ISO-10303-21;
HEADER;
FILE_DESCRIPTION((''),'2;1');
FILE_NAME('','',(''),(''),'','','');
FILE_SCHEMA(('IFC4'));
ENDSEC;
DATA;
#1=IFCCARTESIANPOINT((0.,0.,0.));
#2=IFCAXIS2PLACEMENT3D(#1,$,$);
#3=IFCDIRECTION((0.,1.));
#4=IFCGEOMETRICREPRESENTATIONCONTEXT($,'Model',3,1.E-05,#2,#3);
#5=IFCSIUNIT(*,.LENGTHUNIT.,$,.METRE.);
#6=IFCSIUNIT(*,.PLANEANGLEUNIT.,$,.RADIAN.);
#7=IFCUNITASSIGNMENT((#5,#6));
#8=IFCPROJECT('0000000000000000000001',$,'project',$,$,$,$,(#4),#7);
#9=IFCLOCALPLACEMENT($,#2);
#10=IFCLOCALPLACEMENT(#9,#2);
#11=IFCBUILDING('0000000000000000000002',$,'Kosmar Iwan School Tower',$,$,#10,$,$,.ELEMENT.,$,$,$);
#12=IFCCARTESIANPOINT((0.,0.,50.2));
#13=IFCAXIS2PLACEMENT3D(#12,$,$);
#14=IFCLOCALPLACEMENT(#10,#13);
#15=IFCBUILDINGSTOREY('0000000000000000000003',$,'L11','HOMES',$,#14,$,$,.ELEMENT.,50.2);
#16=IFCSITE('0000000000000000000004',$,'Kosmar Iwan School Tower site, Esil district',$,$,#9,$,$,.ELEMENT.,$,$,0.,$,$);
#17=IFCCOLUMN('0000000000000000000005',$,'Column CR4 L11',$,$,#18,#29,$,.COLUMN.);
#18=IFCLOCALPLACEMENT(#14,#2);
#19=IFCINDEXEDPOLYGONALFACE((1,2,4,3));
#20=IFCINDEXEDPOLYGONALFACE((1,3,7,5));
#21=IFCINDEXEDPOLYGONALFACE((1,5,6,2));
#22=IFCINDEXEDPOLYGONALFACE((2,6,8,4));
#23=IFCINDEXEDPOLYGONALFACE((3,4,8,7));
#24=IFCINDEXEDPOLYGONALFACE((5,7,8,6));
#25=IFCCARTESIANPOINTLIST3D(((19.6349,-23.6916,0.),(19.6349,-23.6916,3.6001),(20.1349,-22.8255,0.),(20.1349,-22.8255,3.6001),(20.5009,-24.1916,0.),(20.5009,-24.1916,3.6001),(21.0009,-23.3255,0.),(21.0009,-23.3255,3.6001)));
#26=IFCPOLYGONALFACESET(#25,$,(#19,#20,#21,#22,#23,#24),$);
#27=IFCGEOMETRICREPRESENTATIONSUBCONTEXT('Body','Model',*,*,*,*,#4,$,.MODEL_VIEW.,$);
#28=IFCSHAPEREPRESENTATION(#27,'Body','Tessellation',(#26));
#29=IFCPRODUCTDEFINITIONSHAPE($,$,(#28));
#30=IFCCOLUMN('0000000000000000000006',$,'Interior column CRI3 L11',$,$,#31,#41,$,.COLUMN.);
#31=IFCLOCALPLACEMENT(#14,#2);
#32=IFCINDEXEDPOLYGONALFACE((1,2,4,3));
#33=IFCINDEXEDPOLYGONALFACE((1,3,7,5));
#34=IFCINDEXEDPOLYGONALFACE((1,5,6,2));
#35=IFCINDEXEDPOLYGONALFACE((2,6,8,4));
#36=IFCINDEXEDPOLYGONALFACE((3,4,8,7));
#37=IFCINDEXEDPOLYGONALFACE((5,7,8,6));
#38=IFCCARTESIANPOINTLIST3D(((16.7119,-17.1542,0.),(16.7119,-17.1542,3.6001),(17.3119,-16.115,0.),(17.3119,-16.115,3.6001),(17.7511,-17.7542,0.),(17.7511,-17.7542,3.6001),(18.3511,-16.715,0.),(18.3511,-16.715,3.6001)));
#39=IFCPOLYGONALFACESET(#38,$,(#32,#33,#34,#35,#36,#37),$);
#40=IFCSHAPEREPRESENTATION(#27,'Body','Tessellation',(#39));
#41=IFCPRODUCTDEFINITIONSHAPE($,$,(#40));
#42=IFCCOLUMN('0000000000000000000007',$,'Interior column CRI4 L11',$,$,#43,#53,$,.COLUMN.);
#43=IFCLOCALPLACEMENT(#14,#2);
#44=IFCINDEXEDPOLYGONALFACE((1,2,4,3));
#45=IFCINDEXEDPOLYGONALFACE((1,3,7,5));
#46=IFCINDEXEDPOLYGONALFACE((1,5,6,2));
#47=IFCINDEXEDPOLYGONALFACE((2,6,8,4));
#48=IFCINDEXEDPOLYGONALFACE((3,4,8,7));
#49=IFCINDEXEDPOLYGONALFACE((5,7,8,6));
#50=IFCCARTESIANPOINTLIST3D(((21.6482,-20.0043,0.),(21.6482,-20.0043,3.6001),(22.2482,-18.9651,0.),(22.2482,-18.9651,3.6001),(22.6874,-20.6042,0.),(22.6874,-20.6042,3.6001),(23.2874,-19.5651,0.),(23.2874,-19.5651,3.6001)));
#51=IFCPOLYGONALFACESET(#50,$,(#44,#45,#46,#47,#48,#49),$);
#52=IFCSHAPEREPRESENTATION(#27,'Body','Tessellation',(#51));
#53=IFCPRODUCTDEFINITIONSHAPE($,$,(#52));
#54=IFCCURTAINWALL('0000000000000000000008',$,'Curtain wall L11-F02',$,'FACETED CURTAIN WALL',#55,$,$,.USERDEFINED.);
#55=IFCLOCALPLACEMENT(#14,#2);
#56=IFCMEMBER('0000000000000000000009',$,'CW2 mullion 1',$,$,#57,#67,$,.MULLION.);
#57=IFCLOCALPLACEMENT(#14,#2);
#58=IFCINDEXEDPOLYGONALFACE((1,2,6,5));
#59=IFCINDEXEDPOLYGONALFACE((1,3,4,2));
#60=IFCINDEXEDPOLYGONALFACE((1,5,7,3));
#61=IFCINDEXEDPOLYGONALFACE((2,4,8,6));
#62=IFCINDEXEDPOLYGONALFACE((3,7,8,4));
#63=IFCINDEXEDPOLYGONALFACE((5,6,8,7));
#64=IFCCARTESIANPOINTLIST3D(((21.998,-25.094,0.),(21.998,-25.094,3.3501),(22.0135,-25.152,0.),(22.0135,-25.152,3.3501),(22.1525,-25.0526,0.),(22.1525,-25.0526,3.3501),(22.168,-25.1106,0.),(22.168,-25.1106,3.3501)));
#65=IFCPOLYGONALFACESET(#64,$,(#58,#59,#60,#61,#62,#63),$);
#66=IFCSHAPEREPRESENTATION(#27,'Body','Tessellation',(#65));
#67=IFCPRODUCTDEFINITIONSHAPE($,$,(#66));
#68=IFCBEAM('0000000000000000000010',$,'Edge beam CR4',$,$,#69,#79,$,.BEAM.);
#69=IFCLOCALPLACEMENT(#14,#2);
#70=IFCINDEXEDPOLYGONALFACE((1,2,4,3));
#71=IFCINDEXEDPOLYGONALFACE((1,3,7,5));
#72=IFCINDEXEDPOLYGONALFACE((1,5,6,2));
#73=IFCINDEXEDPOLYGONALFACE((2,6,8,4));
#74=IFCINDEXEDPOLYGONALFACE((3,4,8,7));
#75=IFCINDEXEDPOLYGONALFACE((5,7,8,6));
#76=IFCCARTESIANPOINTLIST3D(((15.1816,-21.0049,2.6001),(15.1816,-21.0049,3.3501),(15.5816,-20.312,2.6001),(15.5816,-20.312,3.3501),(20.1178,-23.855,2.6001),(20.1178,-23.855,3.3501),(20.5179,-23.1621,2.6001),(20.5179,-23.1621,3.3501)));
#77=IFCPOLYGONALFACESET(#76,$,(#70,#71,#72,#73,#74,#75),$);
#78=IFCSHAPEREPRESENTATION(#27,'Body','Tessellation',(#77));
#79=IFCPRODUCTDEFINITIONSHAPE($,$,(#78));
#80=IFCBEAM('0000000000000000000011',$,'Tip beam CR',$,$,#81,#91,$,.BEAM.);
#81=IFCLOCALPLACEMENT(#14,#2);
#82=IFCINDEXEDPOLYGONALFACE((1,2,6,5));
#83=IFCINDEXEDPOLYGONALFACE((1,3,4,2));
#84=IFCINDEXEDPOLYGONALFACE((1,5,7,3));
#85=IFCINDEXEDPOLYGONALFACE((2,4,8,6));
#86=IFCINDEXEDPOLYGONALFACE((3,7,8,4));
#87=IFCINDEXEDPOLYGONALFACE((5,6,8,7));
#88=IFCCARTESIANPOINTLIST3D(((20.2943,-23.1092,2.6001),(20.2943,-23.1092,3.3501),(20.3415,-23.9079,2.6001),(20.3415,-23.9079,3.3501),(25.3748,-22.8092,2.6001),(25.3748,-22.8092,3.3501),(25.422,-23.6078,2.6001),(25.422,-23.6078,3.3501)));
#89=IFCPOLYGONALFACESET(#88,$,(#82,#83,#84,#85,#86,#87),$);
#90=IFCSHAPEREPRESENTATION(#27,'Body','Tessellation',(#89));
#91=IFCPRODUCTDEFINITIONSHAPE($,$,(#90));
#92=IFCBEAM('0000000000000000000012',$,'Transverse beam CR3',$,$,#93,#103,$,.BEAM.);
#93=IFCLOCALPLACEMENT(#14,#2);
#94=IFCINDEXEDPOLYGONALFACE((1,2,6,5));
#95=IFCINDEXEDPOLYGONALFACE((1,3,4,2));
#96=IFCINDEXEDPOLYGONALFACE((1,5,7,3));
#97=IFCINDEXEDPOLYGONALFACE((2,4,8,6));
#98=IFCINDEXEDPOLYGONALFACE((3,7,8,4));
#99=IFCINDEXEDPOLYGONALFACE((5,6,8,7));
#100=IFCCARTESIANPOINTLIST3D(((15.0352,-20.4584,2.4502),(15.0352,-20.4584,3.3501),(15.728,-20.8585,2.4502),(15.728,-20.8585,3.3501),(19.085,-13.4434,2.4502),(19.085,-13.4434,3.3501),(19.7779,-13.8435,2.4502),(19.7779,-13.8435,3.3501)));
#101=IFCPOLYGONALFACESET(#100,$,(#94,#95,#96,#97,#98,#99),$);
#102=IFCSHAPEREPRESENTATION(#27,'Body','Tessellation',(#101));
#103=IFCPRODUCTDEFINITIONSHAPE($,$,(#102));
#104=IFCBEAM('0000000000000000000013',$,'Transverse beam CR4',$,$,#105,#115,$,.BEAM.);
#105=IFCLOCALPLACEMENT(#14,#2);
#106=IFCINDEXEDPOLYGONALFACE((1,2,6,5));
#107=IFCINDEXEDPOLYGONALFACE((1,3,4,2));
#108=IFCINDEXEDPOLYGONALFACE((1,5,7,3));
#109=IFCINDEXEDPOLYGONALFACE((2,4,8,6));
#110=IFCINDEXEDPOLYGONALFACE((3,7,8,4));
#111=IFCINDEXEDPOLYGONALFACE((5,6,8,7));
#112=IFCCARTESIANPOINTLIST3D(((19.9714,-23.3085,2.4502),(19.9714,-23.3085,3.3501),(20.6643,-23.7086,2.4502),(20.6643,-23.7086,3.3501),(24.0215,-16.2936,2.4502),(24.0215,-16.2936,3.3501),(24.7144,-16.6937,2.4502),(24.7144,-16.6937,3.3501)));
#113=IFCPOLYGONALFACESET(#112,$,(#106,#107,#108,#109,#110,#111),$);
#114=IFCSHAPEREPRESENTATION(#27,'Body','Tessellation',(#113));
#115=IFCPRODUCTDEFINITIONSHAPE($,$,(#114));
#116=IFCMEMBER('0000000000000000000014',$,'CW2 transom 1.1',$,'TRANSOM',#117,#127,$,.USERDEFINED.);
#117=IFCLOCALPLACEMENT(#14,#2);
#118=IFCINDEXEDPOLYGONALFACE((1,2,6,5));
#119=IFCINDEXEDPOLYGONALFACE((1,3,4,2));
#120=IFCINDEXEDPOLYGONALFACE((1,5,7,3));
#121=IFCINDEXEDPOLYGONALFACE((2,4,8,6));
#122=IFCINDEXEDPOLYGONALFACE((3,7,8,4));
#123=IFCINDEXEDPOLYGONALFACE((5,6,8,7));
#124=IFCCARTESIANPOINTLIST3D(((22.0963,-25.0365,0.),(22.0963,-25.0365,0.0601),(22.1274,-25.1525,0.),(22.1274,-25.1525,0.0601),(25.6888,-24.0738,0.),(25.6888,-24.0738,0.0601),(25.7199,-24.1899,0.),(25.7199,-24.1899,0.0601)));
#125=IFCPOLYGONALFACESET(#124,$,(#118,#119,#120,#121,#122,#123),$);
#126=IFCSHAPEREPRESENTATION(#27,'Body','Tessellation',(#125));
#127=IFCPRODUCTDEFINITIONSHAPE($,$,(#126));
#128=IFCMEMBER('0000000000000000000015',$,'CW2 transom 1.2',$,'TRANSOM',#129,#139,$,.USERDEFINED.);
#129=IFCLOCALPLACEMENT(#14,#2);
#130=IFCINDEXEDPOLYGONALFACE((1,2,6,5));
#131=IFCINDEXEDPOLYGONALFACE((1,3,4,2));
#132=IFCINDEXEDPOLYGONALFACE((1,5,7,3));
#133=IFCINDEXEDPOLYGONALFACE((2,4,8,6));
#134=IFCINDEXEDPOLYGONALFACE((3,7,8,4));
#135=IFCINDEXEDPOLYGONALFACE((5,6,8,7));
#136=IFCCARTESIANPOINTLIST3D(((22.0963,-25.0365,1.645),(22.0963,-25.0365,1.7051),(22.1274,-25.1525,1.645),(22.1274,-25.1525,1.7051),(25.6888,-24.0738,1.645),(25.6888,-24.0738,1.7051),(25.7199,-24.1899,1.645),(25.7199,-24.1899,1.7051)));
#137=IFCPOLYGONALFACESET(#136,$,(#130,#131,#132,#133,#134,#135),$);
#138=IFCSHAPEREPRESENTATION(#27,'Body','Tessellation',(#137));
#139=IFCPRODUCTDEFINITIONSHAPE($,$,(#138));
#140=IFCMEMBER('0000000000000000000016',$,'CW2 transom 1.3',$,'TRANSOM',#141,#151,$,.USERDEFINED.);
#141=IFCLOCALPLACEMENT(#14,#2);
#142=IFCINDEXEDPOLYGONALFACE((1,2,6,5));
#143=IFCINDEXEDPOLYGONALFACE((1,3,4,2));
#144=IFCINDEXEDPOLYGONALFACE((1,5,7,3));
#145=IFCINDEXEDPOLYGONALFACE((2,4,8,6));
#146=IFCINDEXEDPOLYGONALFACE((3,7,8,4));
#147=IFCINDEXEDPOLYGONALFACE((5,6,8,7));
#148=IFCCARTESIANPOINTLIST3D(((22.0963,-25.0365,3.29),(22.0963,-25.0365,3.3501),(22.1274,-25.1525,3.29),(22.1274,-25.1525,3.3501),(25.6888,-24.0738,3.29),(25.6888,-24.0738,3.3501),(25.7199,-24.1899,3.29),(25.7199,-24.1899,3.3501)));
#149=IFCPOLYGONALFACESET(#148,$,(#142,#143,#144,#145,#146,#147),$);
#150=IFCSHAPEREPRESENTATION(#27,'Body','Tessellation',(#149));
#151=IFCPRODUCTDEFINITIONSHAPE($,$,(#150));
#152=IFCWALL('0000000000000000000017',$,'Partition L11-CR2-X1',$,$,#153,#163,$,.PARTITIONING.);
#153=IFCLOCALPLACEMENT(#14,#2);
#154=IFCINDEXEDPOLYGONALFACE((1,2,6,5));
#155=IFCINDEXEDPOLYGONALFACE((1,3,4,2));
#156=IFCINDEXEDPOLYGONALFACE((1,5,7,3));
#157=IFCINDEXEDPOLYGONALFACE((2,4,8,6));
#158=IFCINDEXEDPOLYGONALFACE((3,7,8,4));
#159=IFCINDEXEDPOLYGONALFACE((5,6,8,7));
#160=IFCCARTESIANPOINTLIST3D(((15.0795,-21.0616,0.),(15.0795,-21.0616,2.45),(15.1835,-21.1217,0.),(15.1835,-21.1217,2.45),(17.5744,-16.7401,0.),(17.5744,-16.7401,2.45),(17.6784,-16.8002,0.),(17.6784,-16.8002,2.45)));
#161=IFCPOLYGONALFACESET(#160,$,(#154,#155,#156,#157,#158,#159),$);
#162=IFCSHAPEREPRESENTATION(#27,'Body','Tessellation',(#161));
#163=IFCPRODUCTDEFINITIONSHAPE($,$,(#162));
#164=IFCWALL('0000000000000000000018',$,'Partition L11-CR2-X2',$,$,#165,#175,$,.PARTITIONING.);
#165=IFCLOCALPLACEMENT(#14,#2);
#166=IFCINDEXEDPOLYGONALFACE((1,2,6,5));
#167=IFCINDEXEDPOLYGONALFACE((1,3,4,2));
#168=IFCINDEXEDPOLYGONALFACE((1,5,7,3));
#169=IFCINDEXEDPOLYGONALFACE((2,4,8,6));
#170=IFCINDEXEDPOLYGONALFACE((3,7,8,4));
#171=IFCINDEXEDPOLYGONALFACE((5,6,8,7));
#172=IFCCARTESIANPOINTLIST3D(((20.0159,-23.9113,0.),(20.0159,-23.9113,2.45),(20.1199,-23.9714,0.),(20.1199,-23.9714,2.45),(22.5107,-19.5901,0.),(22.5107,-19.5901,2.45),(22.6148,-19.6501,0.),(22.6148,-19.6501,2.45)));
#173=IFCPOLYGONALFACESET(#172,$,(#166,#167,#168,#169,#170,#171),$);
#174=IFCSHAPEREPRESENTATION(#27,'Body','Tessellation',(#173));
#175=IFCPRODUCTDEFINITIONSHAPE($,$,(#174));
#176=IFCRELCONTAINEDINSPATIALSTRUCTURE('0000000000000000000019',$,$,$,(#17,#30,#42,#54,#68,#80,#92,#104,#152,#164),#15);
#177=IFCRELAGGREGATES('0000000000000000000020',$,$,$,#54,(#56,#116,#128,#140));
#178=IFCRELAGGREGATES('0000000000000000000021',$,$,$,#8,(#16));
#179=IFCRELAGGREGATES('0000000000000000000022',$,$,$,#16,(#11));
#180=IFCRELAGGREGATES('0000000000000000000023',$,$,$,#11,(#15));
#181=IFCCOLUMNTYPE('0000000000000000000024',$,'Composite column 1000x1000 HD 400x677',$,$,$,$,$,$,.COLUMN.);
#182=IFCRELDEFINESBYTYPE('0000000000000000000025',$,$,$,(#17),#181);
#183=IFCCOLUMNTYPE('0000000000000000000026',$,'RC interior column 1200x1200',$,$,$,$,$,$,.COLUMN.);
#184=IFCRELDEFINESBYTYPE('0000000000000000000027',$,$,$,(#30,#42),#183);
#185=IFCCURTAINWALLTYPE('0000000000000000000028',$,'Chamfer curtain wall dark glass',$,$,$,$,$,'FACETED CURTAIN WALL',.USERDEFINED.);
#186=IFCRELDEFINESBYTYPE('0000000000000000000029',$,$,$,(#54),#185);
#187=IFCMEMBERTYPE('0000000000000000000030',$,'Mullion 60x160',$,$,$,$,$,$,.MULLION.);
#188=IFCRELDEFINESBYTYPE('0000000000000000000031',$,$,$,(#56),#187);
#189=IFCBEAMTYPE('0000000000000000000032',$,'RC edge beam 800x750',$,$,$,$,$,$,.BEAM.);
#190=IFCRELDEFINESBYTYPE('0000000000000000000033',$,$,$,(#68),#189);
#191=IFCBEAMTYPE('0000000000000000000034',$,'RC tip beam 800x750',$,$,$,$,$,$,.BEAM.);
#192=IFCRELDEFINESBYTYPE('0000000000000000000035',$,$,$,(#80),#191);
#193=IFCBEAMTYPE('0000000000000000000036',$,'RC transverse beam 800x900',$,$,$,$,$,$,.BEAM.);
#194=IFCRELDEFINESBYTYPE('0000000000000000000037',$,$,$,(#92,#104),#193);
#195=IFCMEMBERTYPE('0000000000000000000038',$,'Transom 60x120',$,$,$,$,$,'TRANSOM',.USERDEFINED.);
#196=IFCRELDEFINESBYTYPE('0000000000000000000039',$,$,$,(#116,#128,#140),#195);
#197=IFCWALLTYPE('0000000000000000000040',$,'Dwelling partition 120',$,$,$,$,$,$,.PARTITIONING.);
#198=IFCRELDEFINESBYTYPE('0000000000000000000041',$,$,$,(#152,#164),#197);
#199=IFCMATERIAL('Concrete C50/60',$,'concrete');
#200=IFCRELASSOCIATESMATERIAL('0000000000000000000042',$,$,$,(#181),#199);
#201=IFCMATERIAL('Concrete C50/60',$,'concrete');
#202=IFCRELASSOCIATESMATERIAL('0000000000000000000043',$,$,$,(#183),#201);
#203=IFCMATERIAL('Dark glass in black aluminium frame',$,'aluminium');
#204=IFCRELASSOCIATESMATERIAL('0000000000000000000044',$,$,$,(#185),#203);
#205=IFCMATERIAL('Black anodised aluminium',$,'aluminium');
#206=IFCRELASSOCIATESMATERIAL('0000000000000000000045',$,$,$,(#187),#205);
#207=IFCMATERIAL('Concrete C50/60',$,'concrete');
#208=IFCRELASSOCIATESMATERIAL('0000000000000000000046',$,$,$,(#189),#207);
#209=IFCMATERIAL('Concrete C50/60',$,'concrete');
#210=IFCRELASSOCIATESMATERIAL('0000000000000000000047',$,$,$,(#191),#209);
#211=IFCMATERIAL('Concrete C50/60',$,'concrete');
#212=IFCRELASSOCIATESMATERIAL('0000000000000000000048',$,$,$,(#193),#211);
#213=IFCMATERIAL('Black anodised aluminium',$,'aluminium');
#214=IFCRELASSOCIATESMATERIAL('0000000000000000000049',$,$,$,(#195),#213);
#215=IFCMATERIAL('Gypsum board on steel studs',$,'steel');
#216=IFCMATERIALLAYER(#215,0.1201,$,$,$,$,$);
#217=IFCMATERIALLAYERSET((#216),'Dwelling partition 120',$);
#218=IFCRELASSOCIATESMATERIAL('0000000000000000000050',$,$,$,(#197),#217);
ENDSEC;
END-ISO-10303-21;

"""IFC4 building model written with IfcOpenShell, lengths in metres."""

from ifc_helpers import new_model, si_unit, direction, frame, frame_2d, origin, origin_2d, place, context, subcontext, project, spatial, rectangle, extrude, material, layer, layer_set, material_profile, profile_set, type_object, element, aggregate, save


model = new_model("IFC4")

# Units and contexts
model_context = context("Model", 3, precision=1e-05, world=origin(), true_north=direction((0.0, 1.0)))
body_context = subcontext(model_context, "Body", "Model", "MODEL_VIEW")
ifc_project = project(units=[si_unit("LENGTHUNIT", "METRE"), si_unit("PLANEANGLEUNIT", "RADIAN")], contexts=[model_context])

# Site, building, storey
site_placement = place(None, origin())
site = spatial("IfcSite", under=ifc_project, at=site_placement, Name="Kosmar Iwan School Tower site, Esil district", CompositionType="ELEMENT", RefElevation=0.0)
building_placement = place(site_placement, origin())
building = spatial("IfcBuilding", under=site, at=building_placement, Name="Kosmar Iwan School Tower", CompositionType="ELEMENT")
storey_placement = place(building_placement, frame((0.0, 0.0, 50.2)))
storey = spatial("IfcBuildingStorey", under=building, at=storey_placement, Name="L11", Description="HOMES", CompositionType="ELEMENT", Elevation=50.2)

# Columns
ifc_material_1 = material(Name="Concrete C50/60", Category="concrete")
ifc_material_profile_1 = material_profile(ifc_material_1, rectangle(XDim=1.0, YDim=1.0, at=origin_2d()), Name="RC 1000x1000 + HD 400x677")
ifc_profile_set_1 = profile_set([ifc_material_profile_1], Name="Concrete C50/60")
column_type_1 = type_object("IfcColumnType", Name="Composite column 1000x1000 HD 400x677", PredefinedType="COLUMN", material=ifc_profile_set_1)
column_placement = place(storey_placement, frame((20.3179, -23.5085, 0.0), z_axis=(0.0, 0.0, 1.0), x_axis=(0.866025, -0.5, 0.0)))
element("IfcColumn", 1, at=column_placement, inside=storey, type_object=column_type_1, Name="Column CR4 L11", PredefinedType="COLUMN", context=body_context, shape_type="SweptSolid", body=[
    extrude(rectangle(XDim=1.0, YDim=1.0, at=origin_2d()), origin(), (0.0, 0.0, 1.0), 3.6001),
])
ifc_material_2 = material(Name="Concrete C50/60", Category="concrete")
ifc_material_profile_2 = material_profile(ifc_material_2, rectangle(XDim=1.2, YDim=1.2, at=origin_2d()), Name="RC 1200x1200")
ifc_profile_set_2 = profile_set([ifc_material_profile_2], Name="Concrete C50/60")
column_type_2 = type_object("IfcColumnType", Name="RC interior column 1200x1200", PredefinedType="COLUMN", material=ifc_profile_set_2)
for number, where, z_axis, x_axis, name in (
    (2, (17.5315, -16.9346, 0.0), (0.0, 0.0, 1.0), (0.866025, -0.5, 0.0), "Interior column CRI3 L11"),
    (3, (22.4678, -19.7847, 0.0), (0.0, 0.0, 1.0), (0.866025, -0.5, 0.0), "Interior column CRI4 L11"),
):
    element("IfcColumn", number, at=place(storey_placement, frame(where, z_axis=z_axis, x_axis=x_axis)), inside=storey, type_object=column_type_2, Name=name, PredefinedType="COLUMN", context=body_context, shape_type="SweptSolid", body=[
        extrude(rectangle(XDim=1.2, YDim=1.2, at=origin_2d()), origin(), (0.0, 0.0, 1.0), 3.6001),
    ])

# Curtain wall, member
ifc_material_3 = material(Name="Dark glass in black aluminium frame", Category="aluminium")
curtain_wall_type = type_object("IfcCurtainWallType", Name="Chamfer curtain wall dark glass", ElementType="FACETED CURTAIN WALL", PredefinedType="USERDEFINED", material=ifc_material_3)
curtain_wall_placement = place(storey_placement, origin())
curtain_wall = element("IfcCurtainWall", 4, at=curtain_wall_placement, inside=storey, type_object=curtain_wall_type, Name="Curtain wall L11-F02", ObjectType="FACETED CURTAIN WALL", PredefinedType="USERDEFINED")
ifc_material_4 = material(Name="Black anodised aluminium", Category="aluminium")
ifc_material_profile_3 = material_profile(ifc_material_4, rectangle(XDim=0.0601, YDim=0.1599, at=origin_2d()), Name="MULLION 60x160")
ifc_profile_set_3 = profile_set([ifc_material_profile_3], Name="Black anodised aluminium")
member_type_1 = type_object("IfcMemberType", Name="Mullion 60x160", PredefinedType="MULLION", material=ifc_profile_set_3)
member_1_placement = place(storey_placement, frame((22.083, -25.1023, 0.0), z_axis=(0.0, 0.0, 1.0), x_axis=(-0.258819, 0.965926, 0.0)))
member_1 = element("IfcMember", 5, at=member_1_placement, type_object=member_type_1, Name="CW2 mullion 1", PredefinedType="MULLION", context=body_context, shape_type="SweptSolid", body=[
    extrude(rectangle(XDim=0.0601, YDim=0.1599, at=origin_2d()), origin(), (0.0, 0.0, 1.0), 3.3501),
])

# Beams
ifc_material_5 = material(Name="Concrete C50/60", Category="concrete")
ifc_material_profile_4 = material_profile(ifc_material_5, rectangle(XDim=0.8, YDim=0.75, at=origin_2d()), Name="RC 800x750")
ifc_profile_set_4 = profile_set([ifc_material_profile_4], Name="Concrete C50/60")
beam_type_1 = type_object("IfcBeamType", Name="RC edge beam 800x750", PredefinedType="BEAM", material=ifc_profile_set_4)
beam_1_placement = place(storey_placement, frame((15.3816, -20.6584, 2.9751), z_axis=(0.866015, -0.500018, 0.0), x_axis=(0.500018, 0.866015, 0.0)))
element("IfcBeam", 6, at=beam_1_placement, inside=storey, type_object=beam_type_1, Name="Edge beam CR4", PredefinedType="BEAM", context=body_context, shape_type="SweptSolid", body=[
    extrude(rectangle(XDim=0.8, YDim=0.75, at=origin_2d()), origin(), (0.0, 0.0, 1.0), 5.7),
])
ifc_material_6 = material(Name="Concrete C50/60", Category="concrete")
ifc_material_profile_5 = material_profile(ifc_material_6, rectangle(XDim=0.8, YDim=0.75, at=origin_2d()), Name="RC 800x750")
ifc_profile_set_5 = profile_set([ifc_material_profile_5], Name="Concrete C50/60")
beam_type_2 = type_object("IfcBeamType", Name="RC tip beam 800x750", PredefinedType="BEAM", material=ifc_profile_set_5)
beam_2_placement = place(storey_placement, frame((20.3179, -23.5085, 2.9751), z_axis=(0.998261, 0.058955, 0.0), x_axis=(-0.058955, 0.998261, 0.0)))
element("IfcBeam", 7, at=beam_2_placement, inside=storey, type_object=beam_type_2, Name="Tip beam CR", PredefinedType="BEAM", context=body_context, shape_type="SweptSolid", body=[
    extrude(rectangle(XDim=0.8, YDim=0.75, at=origin_2d()), origin(), (0.0, 0.0, 1.0), 5.0894),
])
ifc_material_7 = material(Name="Concrete C50/60", Category="concrete")
ifc_material_profile_6 = material_profile(ifc_material_7, rectangle(XDim=0.8, YDim=0.8999, at=origin_2d()), Name="RC 800x900")
ifc_profile_set_6 = profile_set([ifc_material_profile_6], Name="Concrete C50/60")
beam_type_3 = type_object("IfcBeamType", Name="RC transverse beam 800x900", PredefinedType="BEAM", material=ifc_profile_set_6)
for number, where, z_axis, x_axis, name in (
    (8, (15.3816, -20.6584, 2.9001), (0.499977, 0.866039, 0.0), (-0.866039, 0.499977, 0.0), "Transverse beam CR3"),
    (9, (20.3179, -23.5085, 2.9001), (0.5, 0.866025, 0.0), (-0.866025, 0.5, 0.0), "Transverse beam CR4"),
):
    element("IfcBeam", number, at=place(storey_placement, frame(where, z_axis=z_axis, x_axis=x_axis)), inside=storey, type_object=beam_type_3, Name=name, PredefinedType="BEAM", context=body_context, shape_type="SweptSolid", body=[
        extrude(rectangle(XDim=0.8, YDim=0.8999, at=origin_2d()), origin(), (0.0, 0.0, 1.0), 8.1001),
    ])

# Members
ifc_material_8 = material(Name="Black anodised aluminium", Category="aluminium")
ifc_material_profile_7 = material_profile(ifc_material_8, rectangle(XDim=0.1201, YDim=0.0601, at=origin_2d()), Name="TRANSOM 60x120")
ifc_profile_set_7 = profile_set([ifc_material_profile_7], Name="Black anodised aluminium")
member_type_2 = type_object("IfcMemberType", Name="Transom 60x120", ElementType="TRANSOM", PredefinedType="USERDEFINED", material=ifc_profile_set_7)
member_2_placement = place(storey_placement, frame((22.1118, -25.0945, 0.03), z_axis=(0.965924, 0.258827, 0.0), x_axis=(-0.258827, 0.965924, 0.0)))
member_2 = element("IfcMember", 10, at=member_2_placement, type_object=member_type_2, Name="CW2 transom 1.1", ObjectType="TRANSOM", PredefinedType="USERDEFINED", context=body_context, shape_type="SweptSolid", body=[
    extrude(rectangle(XDim=0.1201, YDim=0.0601, at=origin_2d()), origin(), (0.0, 0.0, 1.0), 3.7192),
])
member_3_placement = place(storey_placement, frame((22.1118, -25.0945, 1.675), z_axis=(0.965924, 0.258827, 0.0), x_axis=(-0.258827, 0.965924, 0.0)))
member_3 = element("IfcMember", 11, at=member_3_placement, type_object=member_type_2, Name="CW2 transom 1.2", ObjectType="TRANSOM", PredefinedType="USERDEFINED", context=body_context, shape_type="SweptSolid", body=[
    extrude(rectangle(XDim=0.1201, YDim=0.0601, at=origin_2d()), origin(), (0.0, 0.0, 1.0), 3.7192),
])
member_4_placement = place(storey_placement, frame((22.1118, -25.0945, 3.3201), z_axis=(0.965924, 0.258827, 0.0), x_axis=(-0.258827, 0.965924, 0.0)))
member_4 = element("IfcMember", 12, at=member_4_placement, type_object=member_type_2, Name="CW2 transom 1.3", ObjectType="TRANSOM", PredefinedType="USERDEFINED", context=body_context, shape_type="SweptSolid", body=[
    extrude(rectangle(XDim=0.1201, YDim=0.0601, at=origin_2d()), origin(), (0.0, 0.0, 1.0), 3.7192),
])
aggregate(curtain_wall, [member_1, member_2, member_3, member_4])

# Walls
ifc_material_9 = material(Name="Gypsum board on steel studs", Category="steel")
ifc_layer = layer(ifc_material_9, 0.1201)
ifc_layer_set = layer_set([ifc_layer], Name="Dwelling partition 120")
wall_type = type_object("IfcWallType", Name="Dwelling partition 120", PredefinedType="PARTITIONING", material=ifc_layer_set)
wall_1_placement = place(storey_placement, frame((17.6265, -16.77, 0.0), z_axis=(0.0, 0.0, 1.0), x_axis=(-0.499975, -0.86604, 0.0)))
element("IfcWall", 13, at=wall_1_placement, inside=storey, type_object=wall_type, Name="Partition L11-CR2-X1", PredefinedType="PARTITIONING", context=body_context, shape_type="SweptSolid", body=[
    extrude(rectangle(XDim=4.99, YDim=0.1201, at=frame_2d((2.4951, 0.0))), origin(), (0.0, 0.0, 1.0), 2.45),
])
wall_2_placement = place(storey_placement, frame((22.5627, -19.6201, 0.0), z_axis=(0.0, 0.0, 1.0), x_axis=(-0.499996, -0.866028, 0.0)))
element("IfcWall", 14, at=wall_2_placement, inside=storey, type_object=wall_type, Name="Partition L11-CR2-X2", PredefinedType="PARTITIONING", context=body_context, shape_type="SweptSolid", body=[
    extrude(rectangle(XDim=4.9897, YDim=0.1201, at=frame_2d((2.4949, 0.0))), origin(), (0.0, 0.0, 1.0), 2.45),
])

save(model, "model.ifc")
